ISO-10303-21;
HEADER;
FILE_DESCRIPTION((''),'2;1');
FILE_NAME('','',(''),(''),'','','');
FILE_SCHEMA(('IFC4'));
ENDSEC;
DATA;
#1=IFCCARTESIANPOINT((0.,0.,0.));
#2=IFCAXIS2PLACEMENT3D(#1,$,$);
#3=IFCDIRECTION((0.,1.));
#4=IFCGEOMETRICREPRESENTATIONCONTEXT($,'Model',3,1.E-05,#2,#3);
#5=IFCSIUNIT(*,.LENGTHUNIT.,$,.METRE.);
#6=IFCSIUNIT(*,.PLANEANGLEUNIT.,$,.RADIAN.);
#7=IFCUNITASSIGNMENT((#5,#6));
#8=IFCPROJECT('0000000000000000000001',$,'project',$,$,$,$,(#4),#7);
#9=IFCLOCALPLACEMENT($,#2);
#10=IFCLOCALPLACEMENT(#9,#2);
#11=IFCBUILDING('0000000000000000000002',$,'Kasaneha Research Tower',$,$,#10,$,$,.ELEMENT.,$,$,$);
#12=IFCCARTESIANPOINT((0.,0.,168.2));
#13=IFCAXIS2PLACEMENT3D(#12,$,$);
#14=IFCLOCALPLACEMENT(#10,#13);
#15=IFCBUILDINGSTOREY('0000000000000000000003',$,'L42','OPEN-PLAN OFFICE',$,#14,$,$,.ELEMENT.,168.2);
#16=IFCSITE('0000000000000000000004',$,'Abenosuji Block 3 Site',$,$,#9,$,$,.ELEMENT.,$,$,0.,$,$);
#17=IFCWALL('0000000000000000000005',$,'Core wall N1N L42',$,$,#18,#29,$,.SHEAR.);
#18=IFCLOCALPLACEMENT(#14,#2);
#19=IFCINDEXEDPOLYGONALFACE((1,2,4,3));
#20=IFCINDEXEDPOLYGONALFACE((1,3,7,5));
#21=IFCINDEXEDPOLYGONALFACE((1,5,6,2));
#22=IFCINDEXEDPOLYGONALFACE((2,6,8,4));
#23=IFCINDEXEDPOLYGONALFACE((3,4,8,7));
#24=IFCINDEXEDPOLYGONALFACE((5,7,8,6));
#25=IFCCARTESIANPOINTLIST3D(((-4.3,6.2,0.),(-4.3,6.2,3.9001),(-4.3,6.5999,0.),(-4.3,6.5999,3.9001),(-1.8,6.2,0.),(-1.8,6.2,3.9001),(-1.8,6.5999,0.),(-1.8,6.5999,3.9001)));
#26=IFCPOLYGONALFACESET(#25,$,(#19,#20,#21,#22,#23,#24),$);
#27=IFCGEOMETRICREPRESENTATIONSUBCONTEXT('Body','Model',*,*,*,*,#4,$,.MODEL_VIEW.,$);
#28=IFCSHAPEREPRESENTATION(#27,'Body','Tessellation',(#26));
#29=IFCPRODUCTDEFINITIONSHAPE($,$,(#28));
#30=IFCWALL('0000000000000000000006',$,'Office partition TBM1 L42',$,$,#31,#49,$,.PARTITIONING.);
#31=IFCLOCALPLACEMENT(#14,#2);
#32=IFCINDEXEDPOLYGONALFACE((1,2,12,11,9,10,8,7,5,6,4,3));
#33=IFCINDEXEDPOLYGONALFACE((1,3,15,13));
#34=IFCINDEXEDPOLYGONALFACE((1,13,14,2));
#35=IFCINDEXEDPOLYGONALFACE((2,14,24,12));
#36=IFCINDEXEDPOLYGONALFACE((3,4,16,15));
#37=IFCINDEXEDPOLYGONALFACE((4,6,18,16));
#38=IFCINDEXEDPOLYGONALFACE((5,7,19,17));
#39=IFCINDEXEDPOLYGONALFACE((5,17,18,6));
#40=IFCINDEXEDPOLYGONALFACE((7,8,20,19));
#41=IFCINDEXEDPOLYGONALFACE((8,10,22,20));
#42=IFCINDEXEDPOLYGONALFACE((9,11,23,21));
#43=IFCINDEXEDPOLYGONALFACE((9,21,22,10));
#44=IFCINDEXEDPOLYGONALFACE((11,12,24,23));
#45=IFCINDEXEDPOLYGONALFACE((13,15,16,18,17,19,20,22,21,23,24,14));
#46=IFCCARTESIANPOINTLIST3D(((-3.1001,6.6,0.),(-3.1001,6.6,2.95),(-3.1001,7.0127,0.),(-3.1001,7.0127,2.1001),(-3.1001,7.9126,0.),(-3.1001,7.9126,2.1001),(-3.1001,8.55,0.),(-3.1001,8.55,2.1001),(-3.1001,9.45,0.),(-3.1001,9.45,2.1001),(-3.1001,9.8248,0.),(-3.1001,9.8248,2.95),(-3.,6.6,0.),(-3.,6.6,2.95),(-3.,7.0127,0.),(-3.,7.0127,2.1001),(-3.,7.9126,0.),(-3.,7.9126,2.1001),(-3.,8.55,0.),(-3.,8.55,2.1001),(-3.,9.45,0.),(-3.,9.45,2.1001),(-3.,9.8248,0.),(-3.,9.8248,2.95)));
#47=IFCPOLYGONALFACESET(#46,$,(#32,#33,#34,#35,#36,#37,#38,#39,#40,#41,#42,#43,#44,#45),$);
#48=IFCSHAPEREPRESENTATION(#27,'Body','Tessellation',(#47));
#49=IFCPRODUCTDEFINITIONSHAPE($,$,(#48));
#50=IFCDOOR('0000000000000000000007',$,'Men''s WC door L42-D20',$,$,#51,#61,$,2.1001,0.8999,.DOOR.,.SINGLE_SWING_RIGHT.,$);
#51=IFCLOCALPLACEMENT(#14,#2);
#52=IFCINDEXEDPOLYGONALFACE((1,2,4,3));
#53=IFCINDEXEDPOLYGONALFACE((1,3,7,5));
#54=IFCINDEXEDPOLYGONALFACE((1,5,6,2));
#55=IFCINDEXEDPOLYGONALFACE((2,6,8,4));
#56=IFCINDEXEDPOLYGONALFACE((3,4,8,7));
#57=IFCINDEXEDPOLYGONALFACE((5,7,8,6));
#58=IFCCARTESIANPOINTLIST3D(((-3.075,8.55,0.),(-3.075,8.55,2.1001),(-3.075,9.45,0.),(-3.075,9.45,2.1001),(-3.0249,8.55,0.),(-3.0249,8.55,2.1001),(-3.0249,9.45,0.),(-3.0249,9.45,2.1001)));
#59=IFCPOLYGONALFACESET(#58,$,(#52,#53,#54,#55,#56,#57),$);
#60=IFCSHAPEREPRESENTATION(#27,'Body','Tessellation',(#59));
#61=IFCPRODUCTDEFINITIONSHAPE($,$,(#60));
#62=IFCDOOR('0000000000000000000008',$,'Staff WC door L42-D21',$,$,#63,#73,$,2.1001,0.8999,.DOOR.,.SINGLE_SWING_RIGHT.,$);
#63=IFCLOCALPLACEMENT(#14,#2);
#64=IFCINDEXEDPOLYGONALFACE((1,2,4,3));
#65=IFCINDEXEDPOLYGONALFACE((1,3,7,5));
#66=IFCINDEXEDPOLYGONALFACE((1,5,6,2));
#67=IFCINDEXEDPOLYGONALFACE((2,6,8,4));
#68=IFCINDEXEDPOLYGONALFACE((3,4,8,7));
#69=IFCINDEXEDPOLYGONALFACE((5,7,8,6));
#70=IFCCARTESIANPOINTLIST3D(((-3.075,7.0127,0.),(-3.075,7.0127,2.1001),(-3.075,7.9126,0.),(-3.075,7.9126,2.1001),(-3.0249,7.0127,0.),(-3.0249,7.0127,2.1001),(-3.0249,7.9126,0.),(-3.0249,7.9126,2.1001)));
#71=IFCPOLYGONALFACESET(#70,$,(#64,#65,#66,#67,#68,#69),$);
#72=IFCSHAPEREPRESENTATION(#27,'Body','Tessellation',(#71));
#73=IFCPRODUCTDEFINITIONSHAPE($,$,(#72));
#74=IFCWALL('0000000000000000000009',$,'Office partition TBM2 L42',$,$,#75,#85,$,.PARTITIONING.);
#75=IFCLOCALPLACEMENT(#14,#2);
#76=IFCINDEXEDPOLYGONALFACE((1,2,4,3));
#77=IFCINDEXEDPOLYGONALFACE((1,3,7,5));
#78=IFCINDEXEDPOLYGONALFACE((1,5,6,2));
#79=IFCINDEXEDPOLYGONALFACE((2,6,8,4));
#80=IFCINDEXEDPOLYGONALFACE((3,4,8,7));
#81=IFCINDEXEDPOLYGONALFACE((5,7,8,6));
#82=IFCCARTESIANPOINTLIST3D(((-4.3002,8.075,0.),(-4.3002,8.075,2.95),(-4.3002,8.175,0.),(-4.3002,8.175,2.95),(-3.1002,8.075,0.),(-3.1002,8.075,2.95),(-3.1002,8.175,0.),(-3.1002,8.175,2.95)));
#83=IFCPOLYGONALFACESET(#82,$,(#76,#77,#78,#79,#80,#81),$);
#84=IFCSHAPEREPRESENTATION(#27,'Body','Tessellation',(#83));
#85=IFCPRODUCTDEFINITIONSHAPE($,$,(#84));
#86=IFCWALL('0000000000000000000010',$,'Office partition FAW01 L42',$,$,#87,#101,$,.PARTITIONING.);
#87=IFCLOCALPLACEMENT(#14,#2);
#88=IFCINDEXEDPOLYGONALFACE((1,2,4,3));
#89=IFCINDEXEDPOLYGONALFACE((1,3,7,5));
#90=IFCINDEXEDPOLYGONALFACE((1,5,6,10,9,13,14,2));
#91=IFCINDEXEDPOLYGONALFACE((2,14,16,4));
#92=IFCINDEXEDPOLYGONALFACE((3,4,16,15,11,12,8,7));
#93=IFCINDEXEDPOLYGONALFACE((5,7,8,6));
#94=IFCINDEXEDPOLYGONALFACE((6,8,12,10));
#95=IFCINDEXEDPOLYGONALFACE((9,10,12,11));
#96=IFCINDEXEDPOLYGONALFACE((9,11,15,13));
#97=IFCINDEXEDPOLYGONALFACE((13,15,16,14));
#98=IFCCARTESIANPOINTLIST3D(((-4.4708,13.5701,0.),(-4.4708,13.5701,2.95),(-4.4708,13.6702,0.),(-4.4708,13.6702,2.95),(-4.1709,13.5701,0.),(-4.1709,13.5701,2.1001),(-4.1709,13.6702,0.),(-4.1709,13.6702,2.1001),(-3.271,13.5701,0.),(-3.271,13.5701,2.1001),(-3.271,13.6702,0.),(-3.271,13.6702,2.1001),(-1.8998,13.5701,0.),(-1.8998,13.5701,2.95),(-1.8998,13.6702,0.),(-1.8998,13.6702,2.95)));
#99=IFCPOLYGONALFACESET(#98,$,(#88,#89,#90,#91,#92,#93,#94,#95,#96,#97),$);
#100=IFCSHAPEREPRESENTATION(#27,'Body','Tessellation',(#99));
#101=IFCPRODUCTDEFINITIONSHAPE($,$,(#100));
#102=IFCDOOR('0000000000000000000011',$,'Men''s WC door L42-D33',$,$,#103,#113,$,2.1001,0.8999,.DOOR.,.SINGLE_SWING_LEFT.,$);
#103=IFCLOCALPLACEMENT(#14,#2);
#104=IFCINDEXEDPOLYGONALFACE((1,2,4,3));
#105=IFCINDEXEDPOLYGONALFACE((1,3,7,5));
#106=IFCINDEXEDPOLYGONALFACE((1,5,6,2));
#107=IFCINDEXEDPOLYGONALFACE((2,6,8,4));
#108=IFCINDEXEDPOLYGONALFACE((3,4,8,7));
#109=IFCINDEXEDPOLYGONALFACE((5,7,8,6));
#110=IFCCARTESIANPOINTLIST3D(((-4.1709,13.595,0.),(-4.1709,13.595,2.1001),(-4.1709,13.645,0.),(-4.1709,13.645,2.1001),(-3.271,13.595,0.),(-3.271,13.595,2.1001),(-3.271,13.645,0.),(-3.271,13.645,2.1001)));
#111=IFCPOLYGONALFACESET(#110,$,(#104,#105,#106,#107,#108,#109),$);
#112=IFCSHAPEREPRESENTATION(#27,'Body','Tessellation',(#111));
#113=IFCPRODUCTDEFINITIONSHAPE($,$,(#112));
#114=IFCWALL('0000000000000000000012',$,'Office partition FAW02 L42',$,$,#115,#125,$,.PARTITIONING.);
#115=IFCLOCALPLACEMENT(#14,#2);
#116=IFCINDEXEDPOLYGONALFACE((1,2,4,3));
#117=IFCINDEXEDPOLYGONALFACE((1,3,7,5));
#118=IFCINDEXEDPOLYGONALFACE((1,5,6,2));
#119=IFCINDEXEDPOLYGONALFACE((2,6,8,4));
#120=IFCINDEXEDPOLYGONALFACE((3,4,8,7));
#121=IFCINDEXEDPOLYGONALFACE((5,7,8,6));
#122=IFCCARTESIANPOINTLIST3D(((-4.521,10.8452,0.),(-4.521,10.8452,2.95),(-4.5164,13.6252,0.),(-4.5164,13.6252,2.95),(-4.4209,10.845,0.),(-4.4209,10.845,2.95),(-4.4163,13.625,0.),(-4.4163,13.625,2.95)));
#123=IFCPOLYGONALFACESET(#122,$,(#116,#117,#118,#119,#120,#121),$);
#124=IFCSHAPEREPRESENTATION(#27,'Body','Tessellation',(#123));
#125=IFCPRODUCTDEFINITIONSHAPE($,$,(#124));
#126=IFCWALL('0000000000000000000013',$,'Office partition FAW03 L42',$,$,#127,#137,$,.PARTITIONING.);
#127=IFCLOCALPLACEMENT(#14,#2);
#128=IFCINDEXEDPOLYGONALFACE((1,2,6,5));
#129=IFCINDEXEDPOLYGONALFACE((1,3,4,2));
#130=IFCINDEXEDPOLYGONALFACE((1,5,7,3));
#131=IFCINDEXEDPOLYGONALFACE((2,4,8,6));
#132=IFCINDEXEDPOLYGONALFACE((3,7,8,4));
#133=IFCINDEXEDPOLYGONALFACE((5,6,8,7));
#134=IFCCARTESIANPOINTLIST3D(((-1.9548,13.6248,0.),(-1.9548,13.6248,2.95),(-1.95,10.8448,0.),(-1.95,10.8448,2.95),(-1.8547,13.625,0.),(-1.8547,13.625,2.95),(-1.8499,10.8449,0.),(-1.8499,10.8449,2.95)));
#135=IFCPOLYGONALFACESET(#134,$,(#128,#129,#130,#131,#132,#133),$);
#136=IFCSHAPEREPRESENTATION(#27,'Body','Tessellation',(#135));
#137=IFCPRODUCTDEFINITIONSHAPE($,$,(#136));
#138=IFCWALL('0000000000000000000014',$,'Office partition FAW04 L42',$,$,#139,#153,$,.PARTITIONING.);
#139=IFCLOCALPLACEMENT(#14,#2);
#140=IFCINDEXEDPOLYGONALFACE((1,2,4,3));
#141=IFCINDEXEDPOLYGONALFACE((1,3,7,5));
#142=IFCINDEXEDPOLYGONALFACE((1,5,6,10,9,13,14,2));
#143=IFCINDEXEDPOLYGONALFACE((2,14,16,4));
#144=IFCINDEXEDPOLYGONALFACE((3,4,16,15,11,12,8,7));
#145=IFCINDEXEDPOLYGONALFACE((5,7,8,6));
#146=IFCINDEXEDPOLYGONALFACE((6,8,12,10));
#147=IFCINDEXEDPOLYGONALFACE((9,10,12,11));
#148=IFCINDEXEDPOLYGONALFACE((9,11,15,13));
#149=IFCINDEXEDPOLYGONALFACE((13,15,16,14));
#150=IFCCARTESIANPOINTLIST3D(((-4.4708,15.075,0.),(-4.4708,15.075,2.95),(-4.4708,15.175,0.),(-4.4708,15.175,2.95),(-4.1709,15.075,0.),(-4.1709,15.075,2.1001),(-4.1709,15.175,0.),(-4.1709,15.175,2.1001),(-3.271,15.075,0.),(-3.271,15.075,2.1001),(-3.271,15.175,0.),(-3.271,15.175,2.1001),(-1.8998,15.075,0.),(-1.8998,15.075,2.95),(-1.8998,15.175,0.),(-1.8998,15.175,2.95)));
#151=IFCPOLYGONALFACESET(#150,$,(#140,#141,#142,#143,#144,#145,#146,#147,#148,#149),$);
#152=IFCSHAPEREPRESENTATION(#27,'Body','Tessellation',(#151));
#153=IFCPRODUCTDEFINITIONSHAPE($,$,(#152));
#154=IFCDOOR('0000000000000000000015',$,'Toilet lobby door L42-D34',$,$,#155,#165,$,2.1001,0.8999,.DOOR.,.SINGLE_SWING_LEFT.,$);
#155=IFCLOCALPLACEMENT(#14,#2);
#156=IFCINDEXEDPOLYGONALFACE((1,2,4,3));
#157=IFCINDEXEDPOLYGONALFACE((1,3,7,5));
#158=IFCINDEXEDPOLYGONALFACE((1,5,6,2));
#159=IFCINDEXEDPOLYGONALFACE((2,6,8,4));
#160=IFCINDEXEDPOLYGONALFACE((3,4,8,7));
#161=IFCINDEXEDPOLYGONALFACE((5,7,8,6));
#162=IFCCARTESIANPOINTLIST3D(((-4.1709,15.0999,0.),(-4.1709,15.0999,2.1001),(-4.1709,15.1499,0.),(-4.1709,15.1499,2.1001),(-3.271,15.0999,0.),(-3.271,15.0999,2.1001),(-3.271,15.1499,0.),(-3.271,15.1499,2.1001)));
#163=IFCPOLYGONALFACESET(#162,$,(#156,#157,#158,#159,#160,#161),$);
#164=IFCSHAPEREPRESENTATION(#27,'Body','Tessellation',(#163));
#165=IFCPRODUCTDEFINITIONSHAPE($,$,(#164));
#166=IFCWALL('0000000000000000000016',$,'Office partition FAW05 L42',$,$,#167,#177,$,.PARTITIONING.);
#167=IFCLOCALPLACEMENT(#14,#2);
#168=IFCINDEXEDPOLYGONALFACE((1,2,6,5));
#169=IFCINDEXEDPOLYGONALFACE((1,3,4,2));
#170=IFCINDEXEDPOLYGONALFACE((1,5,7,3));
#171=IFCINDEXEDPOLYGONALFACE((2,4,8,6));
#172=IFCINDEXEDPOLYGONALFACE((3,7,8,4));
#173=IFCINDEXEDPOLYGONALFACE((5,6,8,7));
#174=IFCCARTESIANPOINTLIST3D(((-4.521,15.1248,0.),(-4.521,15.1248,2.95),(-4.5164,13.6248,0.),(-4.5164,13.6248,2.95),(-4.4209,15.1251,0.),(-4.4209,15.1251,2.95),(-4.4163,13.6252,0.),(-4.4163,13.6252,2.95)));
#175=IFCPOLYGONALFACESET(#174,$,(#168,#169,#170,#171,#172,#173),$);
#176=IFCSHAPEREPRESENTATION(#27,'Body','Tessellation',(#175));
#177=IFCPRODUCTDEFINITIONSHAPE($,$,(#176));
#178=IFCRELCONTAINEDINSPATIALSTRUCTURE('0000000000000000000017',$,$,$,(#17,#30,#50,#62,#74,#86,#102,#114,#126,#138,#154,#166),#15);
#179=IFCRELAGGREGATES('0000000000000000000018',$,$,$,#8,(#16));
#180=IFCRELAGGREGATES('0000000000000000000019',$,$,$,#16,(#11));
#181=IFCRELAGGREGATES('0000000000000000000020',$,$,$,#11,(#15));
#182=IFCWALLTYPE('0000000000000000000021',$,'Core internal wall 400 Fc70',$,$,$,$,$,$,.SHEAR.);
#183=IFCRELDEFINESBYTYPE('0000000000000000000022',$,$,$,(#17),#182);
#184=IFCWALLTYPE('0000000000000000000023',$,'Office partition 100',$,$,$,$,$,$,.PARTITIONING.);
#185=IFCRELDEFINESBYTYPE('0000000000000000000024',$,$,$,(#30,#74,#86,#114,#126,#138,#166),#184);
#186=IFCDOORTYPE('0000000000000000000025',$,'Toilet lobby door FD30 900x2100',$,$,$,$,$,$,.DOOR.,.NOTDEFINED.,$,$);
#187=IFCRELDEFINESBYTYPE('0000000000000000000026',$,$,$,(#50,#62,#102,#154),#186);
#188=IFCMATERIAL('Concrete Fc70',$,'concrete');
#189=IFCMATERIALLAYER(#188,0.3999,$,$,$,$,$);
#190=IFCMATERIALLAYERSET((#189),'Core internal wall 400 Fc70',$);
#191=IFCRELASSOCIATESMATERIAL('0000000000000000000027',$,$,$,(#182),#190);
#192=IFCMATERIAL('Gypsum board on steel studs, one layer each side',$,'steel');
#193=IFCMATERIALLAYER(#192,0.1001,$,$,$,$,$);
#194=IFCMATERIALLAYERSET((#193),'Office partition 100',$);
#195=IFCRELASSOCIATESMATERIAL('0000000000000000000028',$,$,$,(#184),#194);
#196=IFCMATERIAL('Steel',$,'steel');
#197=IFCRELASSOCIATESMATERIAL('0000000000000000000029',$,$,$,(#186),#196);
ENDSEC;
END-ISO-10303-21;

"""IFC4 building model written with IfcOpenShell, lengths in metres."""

from ifc_helpers import new_model, si_unit, direction, frame, frame_2d, origin, place, context, subcontext, project, spatial, rectangle, extrude, material, layer, layer_set, type_object, element, fill, save


model = new_model("IFC4")

# Units and contexts
model_context = context("Model", 3, precision=1e-05, world=origin(), true_north=direction((0.0, 1.0)))
body_context = subcontext(model_context, "Body", "Model", "MODEL_VIEW")
ifc_project = project(units=[si_unit("LENGTHUNIT", "METRE"), si_unit("PLANEANGLEUNIT", "RADIAN")], contexts=[model_context])

# Site, building, storey
site_placement = place(None, origin())
site = spatial("IfcSite", under=ifc_project, at=site_placement, Name="Abenosuji Block 3 Site", CompositionType="ELEMENT", RefElevation=0.0)
building_placement = place(site_placement, origin())
building = spatial("IfcBuilding", under=site, at=building_placement, Name="Kasaneha Research Tower", CompositionType="ELEMENT")
storey_placement = place(building_placement, frame((0.0, 0.0, 168.2)))
storey = spatial("IfcBuildingStorey", under=building, at=storey_placement, Name="L42", Description="OPEN-PLAN OFFICE", CompositionType="ELEMENT", Elevation=168.2)

# Wall
ifc_material_1 = material(Name="Concrete Fc70", Category="concrete")
ifc_layer_1 = layer(ifc_material_1, 0.3999)
ifc_layer_set_1 = layer_set([ifc_layer_1], Name="Core internal wall 400 Fc70")
wall_type_1 = type_object("IfcWallType", Name="Core internal wall 400 Fc70", PredefinedType="SHEAR", material=ifc_layer_set_1)
wall_1_placement = place(storey_placement, frame((-4.3, 6.3999, 0.0), z_axis=(0.0, 0.0, 1.0), x_axis=(1.0, 0.0, 0.0)))
element("IfcWall", 1, at=wall_1_placement, inside=storey, type_object=wall_type_1, Name="Core wall N1N L42", PredefinedType="SHEAR", context=body_context, shape_type="SweptSolid", body=[
    extrude(rectangle(XDim=2.5, YDim=0.3999, at=frame_2d((1.25, 0.0))), origin(), (0.0, 0.0, 1.0), 3.9001),
])

# Wall, openings, doors
ifc_material_2 = material(Name="Gypsum board on steel studs, one layer each side", Category="steel")
ifc_layer_2 = layer(ifc_material_2, 0.1001)
ifc_layer_set_2 = layer_set([ifc_layer_2], Name="Office partition 100")
wall_type_2 = type_object("IfcWallType", Name="Office partition 100", PredefinedType="PARTITIONING", material=ifc_layer_set_2)
wall_2_placement = place(storey_placement, frame((-3.05, 6.6001, 0.0), z_axis=(0.0, 0.0, 1.0), x_axis=(0.0, 1.0, 0.0)))
wall_2 = element("IfcWall", 2, at=wall_2_placement, inside=storey, type_object=wall_type_2, Name="Office partition TBM1 L42", PredefinedType="PARTITIONING", context=body_context, shape_type="SweptSolid", body=[
    extrude(rectangle(XDim=3.2249, YDim=0.1001, at=frame_2d((1.6123, 0.0))), origin(), (0.0, 0.0, 1.0), 2.95),
])
opening_1_placement = place(wall_2_placement, frame((1.95, 0.0, 0.0)))
opening_1 = element("IfcOpeningElement", 3, at=opening_1_placement, cuts=wall_2, PredefinedType="OPENING", context=body_context, shape_type="SweptSolid", body=[
    extrude(rectangle(XDim=0.8999, YDim=2.1001, at=frame_2d((0.45, 1.05))), frame((0.0, 0.0601, 0.0), z_axis=(0.0, -1.0, 0.0), x_axis=(1.0, 0.0, 0.0)), (0.0, 0.0, 1.0), 0.1201),
])
opening_2_placement = place(wall_2_placement, frame((0.4126, 0.0, 0.0)))
opening_2 = element("IfcOpeningElement", 4, at=opening_2_placement, cuts=wall_2, PredefinedType="OPENING", context=body_context, shape_type="SweptSolid", body=[
    extrude(rectangle(XDim=0.8999, YDim=2.1001, at=frame_2d((0.45, 1.05))), frame((0.0, 0.0601, 0.0), z_axis=(0.0, -1.0, 0.0), x_axis=(1.0, 0.0, 0.0)), (0.0, 0.0, 1.0), 0.1201),
])
ifc_material_3 = material(Name="Steel", Category="steel")
door_type_1 = type_object("IfcDoorType", Name="Toilet lobby door FD30 900x2100", OperationType="NOTDEFINED", PredefinedType="DOOR", material=ifc_material_3)
door_1_placement = place(opening_1_placement, origin())
door_1 = element("IfcDoor", 5, at=door_1_placement, inside=storey, type_object=door_type_1, Name="Men's WC door L42-D20", OperationType="SINGLE_SWING_RIGHT", OverallHeight=2.1001, OverallWidth=0.8999, PredefinedType="DOOR", context=body_context, shape_type="SweptSolid", body=[
    extrude(rectangle(XDim=0.8999, YDim=2.1001, at=frame_2d((0.45, 1.05))), frame((0.0, 0.0249, 0.0), z_axis=(0.0, -1.0, 0.0), x_axis=(1.0, 0.0, 0.0)), (0.0, 0.0, 1.0), 0.05),
])
fill(opening_1, door_1)
door_2_placement = place(opening_2_placement, origin())
door_2 = element("IfcDoor", 6, at=door_2_placement, inside=storey, type_object=door_type_1, Name="Staff WC door L42-D21", OperationType="SINGLE_SWING_RIGHT", OverallHeight=2.1001, OverallWidth=0.8999, PredefinedType="DOOR", context=body_context, shape_type="SweptSolid", body=[
    extrude(rectangle(XDim=0.8999, YDim=2.1001, at=frame_2d((0.45, 1.05))), frame((0.0, 0.0249, 0.0), z_axis=(0.0, -1.0, 0.0), x_axis=(1.0, 0.0, 0.0)), (0.0, 0.0, 1.0), 0.05),
])
fill(opening_2, door_2)

# Wall
wall_3_placement = place(storey_placement, frame((-3.1001, 8.125, 0.0), z_axis=(0.0, 0.0, 1.0), x_axis=(-1.0, 0.0, 0.0)))
element("IfcWall", 7, at=wall_3_placement, inside=storey, type_object=wall_type_2, Name="Office partition TBM2 L42", PredefinedType="PARTITIONING", context=body_context, shape_type="SweptSolid", body=[
    extrude(rectangle(XDim=1.2, YDim=0.1001, at=frame_2d((0.6001, 0.0))), origin(), (0.0, 0.0, 1.0), 2.95),
])

# Wall, opening, door
wall_4_placement = place(storey_placement, frame((-4.4709, 13.6201, 0.0), z_axis=(0.0, 0.0, 1.0), x_axis=(1.0, 0.0, 0.0)))
wall_4 = element("IfcWall", 8, at=wall_4_placement, inside=storey, type_object=wall_type_2, Name="Office partition FAW01 L42", PredefinedType="PARTITIONING", context=body_context, shape_type="SweptSolid", body=[
    extrude(rectangle(XDim=2.571, YDim=0.1001, at=frame_2d((1.2856, 0.0))), origin(), (0.0, 0.0, 1.0), 2.95),
])
opening_3_placement = place(wall_4_placement, frame((0.3, 0.0, 0.0)))
opening_3 = element("IfcOpeningElement", 9, at=opening_3_placement, cuts=wall_4, PredefinedType="OPENING", context=body_context, shape_type="SweptSolid", body=[
    extrude(rectangle(XDim=0.8999, YDim=2.1001, at=frame_2d((0.45, 1.05))), frame((0.0, 0.0601, 0.0), z_axis=(0.0, -1.0, 0.0), x_axis=(1.0, 0.0, 0.0)), (0.0, 0.0, 1.0), 0.1201),
])
door_3_placement = place(opening_3_placement, origin())
door_3 = element("IfcDoor", 10, at=door_3_placement, inside=storey, type_object=door_type_1, Name="Men's WC door L42-D33", OperationType="SINGLE_SWING_LEFT", OverallHeight=2.1001, OverallWidth=0.8999, PredefinedType="DOOR", context=body_context, shape_type="SweptSolid", body=[
    extrude(rectangle(XDim=0.8999, YDim=2.1001, at=frame_2d((0.45, 1.05))), frame((0.0, 0.0249, 0.0), z_axis=(0.0, -1.0, 0.0), x_axis=(1.0, 0.0, 0.0)), (0.0, 0.0, 1.0), 0.05),
])
fill(opening_3, door_3)

# Walls
for number, where, z_axis, x_axis, name in (
    (11, (-4.4709, 10.845, 0.0), (0.0, 0.0, 1.0), (0.001669, 0.999999, 0.0), "Office partition FAW02 L42"),
    (12, (-1.9048, 13.625, 0.0), (0.0, 0.0, 1.0), (0.001756, -0.999998, 0.0), "Office partition FAW03 L42"),
):
    element("IfcWall", number, at=place(storey_placement, frame(where, z_axis=z_axis, x_axis=x_axis)), inside=storey, type_object=wall_type_2, Name=name, PredefinedType="PARTITIONING", context=body_context, shape_type="SweptSolid", body=[
        extrude(rectangle(XDim=2.78, YDim=0.1001, at=frame_2d((1.3901, 0.0))), origin(), (0.0, 0.0, 1.0), 2.95),
    ])

# Wall, opening, door
wall_5_placement = place(storey_placement, frame((-4.4709, 15.125, 0.0), z_axis=(0.0, 0.0, 1.0), x_axis=(1.0, 0.0, 0.0)))
wall_5 = element("IfcWall", 13, at=wall_5_placement, inside=storey, type_object=wall_type_2, Name="Office partition FAW04 L42", PredefinedType="PARTITIONING", context=body_context, shape_type="SweptSolid", body=[
    extrude(rectangle(XDim=2.571, YDim=0.1001, at=frame_2d((1.2856, 0.0))), origin(), (0.0, 0.0, 1.0), 2.95),
])
opening_4_placement = place(wall_5_placement, frame((0.3, 0.0, 0.0)))
opening_4 = element("IfcOpeningElement", 14, at=opening_4_placement, cuts=wall_5, PredefinedType="OPENING", context=body_context, shape_type="SweptSolid", body=[
    extrude(rectangle(XDim=0.8999, YDim=2.1001, at=frame_2d((0.45, 1.05))), frame((0.0, 0.0601, 0.0), z_axis=(0.0, -1.0, 0.0), x_axis=(1.0, 0.0, 0.0)), (0.0, 0.0, 1.0), 0.1201),
])
door_4_placement = place(opening_4_placement, origin())
door_4 = element("IfcDoor", 15, at=door_4_placement, inside=storey, type_object=door_type_1, Name="Toilet lobby door L42-D34", OperationType="SINGLE_SWING_LEFT", OverallHeight=2.1001, OverallWidth=0.8999, PredefinedType="DOOR", context=body_context, shape_type="SweptSolid", body=[
    extrude(rectangle(XDim=0.8999, YDim=2.1001, at=frame_2d((0.45, 1.05))), frame((0.0, 0.0249, 0.0), z_axis=(0.0, -1.0, 0.0), x_axis=(1.0, 0.0, 0.0)), (0.0, 0.0, 1.0), 0.05),
])
fill(opening_4, door_4)

# Wall
wall_6_placement = place(storey_placement, frame((-4.4663, 13.625, 0.0), z_axis=(0.0, 0.0, 1.0), x_axis=(-0.003092, 0.999995, 0.0)))
element("IfcWall", 16, at=wall_6_placement, inside=storey, type_object=wall_type_2, Name="Office partition FAW05 L42", PredefinedType="PARTITIONING", context=body_context, shape_type="SweptSolid", body=[
    extrude(rectangle(XDim=1.5, YDim=0.1001, at=frame_2d((0.75, 0.0))), origin(), (0.0, 0.0, 1.0), 2.95),
])

save(model, "model.ifc")
